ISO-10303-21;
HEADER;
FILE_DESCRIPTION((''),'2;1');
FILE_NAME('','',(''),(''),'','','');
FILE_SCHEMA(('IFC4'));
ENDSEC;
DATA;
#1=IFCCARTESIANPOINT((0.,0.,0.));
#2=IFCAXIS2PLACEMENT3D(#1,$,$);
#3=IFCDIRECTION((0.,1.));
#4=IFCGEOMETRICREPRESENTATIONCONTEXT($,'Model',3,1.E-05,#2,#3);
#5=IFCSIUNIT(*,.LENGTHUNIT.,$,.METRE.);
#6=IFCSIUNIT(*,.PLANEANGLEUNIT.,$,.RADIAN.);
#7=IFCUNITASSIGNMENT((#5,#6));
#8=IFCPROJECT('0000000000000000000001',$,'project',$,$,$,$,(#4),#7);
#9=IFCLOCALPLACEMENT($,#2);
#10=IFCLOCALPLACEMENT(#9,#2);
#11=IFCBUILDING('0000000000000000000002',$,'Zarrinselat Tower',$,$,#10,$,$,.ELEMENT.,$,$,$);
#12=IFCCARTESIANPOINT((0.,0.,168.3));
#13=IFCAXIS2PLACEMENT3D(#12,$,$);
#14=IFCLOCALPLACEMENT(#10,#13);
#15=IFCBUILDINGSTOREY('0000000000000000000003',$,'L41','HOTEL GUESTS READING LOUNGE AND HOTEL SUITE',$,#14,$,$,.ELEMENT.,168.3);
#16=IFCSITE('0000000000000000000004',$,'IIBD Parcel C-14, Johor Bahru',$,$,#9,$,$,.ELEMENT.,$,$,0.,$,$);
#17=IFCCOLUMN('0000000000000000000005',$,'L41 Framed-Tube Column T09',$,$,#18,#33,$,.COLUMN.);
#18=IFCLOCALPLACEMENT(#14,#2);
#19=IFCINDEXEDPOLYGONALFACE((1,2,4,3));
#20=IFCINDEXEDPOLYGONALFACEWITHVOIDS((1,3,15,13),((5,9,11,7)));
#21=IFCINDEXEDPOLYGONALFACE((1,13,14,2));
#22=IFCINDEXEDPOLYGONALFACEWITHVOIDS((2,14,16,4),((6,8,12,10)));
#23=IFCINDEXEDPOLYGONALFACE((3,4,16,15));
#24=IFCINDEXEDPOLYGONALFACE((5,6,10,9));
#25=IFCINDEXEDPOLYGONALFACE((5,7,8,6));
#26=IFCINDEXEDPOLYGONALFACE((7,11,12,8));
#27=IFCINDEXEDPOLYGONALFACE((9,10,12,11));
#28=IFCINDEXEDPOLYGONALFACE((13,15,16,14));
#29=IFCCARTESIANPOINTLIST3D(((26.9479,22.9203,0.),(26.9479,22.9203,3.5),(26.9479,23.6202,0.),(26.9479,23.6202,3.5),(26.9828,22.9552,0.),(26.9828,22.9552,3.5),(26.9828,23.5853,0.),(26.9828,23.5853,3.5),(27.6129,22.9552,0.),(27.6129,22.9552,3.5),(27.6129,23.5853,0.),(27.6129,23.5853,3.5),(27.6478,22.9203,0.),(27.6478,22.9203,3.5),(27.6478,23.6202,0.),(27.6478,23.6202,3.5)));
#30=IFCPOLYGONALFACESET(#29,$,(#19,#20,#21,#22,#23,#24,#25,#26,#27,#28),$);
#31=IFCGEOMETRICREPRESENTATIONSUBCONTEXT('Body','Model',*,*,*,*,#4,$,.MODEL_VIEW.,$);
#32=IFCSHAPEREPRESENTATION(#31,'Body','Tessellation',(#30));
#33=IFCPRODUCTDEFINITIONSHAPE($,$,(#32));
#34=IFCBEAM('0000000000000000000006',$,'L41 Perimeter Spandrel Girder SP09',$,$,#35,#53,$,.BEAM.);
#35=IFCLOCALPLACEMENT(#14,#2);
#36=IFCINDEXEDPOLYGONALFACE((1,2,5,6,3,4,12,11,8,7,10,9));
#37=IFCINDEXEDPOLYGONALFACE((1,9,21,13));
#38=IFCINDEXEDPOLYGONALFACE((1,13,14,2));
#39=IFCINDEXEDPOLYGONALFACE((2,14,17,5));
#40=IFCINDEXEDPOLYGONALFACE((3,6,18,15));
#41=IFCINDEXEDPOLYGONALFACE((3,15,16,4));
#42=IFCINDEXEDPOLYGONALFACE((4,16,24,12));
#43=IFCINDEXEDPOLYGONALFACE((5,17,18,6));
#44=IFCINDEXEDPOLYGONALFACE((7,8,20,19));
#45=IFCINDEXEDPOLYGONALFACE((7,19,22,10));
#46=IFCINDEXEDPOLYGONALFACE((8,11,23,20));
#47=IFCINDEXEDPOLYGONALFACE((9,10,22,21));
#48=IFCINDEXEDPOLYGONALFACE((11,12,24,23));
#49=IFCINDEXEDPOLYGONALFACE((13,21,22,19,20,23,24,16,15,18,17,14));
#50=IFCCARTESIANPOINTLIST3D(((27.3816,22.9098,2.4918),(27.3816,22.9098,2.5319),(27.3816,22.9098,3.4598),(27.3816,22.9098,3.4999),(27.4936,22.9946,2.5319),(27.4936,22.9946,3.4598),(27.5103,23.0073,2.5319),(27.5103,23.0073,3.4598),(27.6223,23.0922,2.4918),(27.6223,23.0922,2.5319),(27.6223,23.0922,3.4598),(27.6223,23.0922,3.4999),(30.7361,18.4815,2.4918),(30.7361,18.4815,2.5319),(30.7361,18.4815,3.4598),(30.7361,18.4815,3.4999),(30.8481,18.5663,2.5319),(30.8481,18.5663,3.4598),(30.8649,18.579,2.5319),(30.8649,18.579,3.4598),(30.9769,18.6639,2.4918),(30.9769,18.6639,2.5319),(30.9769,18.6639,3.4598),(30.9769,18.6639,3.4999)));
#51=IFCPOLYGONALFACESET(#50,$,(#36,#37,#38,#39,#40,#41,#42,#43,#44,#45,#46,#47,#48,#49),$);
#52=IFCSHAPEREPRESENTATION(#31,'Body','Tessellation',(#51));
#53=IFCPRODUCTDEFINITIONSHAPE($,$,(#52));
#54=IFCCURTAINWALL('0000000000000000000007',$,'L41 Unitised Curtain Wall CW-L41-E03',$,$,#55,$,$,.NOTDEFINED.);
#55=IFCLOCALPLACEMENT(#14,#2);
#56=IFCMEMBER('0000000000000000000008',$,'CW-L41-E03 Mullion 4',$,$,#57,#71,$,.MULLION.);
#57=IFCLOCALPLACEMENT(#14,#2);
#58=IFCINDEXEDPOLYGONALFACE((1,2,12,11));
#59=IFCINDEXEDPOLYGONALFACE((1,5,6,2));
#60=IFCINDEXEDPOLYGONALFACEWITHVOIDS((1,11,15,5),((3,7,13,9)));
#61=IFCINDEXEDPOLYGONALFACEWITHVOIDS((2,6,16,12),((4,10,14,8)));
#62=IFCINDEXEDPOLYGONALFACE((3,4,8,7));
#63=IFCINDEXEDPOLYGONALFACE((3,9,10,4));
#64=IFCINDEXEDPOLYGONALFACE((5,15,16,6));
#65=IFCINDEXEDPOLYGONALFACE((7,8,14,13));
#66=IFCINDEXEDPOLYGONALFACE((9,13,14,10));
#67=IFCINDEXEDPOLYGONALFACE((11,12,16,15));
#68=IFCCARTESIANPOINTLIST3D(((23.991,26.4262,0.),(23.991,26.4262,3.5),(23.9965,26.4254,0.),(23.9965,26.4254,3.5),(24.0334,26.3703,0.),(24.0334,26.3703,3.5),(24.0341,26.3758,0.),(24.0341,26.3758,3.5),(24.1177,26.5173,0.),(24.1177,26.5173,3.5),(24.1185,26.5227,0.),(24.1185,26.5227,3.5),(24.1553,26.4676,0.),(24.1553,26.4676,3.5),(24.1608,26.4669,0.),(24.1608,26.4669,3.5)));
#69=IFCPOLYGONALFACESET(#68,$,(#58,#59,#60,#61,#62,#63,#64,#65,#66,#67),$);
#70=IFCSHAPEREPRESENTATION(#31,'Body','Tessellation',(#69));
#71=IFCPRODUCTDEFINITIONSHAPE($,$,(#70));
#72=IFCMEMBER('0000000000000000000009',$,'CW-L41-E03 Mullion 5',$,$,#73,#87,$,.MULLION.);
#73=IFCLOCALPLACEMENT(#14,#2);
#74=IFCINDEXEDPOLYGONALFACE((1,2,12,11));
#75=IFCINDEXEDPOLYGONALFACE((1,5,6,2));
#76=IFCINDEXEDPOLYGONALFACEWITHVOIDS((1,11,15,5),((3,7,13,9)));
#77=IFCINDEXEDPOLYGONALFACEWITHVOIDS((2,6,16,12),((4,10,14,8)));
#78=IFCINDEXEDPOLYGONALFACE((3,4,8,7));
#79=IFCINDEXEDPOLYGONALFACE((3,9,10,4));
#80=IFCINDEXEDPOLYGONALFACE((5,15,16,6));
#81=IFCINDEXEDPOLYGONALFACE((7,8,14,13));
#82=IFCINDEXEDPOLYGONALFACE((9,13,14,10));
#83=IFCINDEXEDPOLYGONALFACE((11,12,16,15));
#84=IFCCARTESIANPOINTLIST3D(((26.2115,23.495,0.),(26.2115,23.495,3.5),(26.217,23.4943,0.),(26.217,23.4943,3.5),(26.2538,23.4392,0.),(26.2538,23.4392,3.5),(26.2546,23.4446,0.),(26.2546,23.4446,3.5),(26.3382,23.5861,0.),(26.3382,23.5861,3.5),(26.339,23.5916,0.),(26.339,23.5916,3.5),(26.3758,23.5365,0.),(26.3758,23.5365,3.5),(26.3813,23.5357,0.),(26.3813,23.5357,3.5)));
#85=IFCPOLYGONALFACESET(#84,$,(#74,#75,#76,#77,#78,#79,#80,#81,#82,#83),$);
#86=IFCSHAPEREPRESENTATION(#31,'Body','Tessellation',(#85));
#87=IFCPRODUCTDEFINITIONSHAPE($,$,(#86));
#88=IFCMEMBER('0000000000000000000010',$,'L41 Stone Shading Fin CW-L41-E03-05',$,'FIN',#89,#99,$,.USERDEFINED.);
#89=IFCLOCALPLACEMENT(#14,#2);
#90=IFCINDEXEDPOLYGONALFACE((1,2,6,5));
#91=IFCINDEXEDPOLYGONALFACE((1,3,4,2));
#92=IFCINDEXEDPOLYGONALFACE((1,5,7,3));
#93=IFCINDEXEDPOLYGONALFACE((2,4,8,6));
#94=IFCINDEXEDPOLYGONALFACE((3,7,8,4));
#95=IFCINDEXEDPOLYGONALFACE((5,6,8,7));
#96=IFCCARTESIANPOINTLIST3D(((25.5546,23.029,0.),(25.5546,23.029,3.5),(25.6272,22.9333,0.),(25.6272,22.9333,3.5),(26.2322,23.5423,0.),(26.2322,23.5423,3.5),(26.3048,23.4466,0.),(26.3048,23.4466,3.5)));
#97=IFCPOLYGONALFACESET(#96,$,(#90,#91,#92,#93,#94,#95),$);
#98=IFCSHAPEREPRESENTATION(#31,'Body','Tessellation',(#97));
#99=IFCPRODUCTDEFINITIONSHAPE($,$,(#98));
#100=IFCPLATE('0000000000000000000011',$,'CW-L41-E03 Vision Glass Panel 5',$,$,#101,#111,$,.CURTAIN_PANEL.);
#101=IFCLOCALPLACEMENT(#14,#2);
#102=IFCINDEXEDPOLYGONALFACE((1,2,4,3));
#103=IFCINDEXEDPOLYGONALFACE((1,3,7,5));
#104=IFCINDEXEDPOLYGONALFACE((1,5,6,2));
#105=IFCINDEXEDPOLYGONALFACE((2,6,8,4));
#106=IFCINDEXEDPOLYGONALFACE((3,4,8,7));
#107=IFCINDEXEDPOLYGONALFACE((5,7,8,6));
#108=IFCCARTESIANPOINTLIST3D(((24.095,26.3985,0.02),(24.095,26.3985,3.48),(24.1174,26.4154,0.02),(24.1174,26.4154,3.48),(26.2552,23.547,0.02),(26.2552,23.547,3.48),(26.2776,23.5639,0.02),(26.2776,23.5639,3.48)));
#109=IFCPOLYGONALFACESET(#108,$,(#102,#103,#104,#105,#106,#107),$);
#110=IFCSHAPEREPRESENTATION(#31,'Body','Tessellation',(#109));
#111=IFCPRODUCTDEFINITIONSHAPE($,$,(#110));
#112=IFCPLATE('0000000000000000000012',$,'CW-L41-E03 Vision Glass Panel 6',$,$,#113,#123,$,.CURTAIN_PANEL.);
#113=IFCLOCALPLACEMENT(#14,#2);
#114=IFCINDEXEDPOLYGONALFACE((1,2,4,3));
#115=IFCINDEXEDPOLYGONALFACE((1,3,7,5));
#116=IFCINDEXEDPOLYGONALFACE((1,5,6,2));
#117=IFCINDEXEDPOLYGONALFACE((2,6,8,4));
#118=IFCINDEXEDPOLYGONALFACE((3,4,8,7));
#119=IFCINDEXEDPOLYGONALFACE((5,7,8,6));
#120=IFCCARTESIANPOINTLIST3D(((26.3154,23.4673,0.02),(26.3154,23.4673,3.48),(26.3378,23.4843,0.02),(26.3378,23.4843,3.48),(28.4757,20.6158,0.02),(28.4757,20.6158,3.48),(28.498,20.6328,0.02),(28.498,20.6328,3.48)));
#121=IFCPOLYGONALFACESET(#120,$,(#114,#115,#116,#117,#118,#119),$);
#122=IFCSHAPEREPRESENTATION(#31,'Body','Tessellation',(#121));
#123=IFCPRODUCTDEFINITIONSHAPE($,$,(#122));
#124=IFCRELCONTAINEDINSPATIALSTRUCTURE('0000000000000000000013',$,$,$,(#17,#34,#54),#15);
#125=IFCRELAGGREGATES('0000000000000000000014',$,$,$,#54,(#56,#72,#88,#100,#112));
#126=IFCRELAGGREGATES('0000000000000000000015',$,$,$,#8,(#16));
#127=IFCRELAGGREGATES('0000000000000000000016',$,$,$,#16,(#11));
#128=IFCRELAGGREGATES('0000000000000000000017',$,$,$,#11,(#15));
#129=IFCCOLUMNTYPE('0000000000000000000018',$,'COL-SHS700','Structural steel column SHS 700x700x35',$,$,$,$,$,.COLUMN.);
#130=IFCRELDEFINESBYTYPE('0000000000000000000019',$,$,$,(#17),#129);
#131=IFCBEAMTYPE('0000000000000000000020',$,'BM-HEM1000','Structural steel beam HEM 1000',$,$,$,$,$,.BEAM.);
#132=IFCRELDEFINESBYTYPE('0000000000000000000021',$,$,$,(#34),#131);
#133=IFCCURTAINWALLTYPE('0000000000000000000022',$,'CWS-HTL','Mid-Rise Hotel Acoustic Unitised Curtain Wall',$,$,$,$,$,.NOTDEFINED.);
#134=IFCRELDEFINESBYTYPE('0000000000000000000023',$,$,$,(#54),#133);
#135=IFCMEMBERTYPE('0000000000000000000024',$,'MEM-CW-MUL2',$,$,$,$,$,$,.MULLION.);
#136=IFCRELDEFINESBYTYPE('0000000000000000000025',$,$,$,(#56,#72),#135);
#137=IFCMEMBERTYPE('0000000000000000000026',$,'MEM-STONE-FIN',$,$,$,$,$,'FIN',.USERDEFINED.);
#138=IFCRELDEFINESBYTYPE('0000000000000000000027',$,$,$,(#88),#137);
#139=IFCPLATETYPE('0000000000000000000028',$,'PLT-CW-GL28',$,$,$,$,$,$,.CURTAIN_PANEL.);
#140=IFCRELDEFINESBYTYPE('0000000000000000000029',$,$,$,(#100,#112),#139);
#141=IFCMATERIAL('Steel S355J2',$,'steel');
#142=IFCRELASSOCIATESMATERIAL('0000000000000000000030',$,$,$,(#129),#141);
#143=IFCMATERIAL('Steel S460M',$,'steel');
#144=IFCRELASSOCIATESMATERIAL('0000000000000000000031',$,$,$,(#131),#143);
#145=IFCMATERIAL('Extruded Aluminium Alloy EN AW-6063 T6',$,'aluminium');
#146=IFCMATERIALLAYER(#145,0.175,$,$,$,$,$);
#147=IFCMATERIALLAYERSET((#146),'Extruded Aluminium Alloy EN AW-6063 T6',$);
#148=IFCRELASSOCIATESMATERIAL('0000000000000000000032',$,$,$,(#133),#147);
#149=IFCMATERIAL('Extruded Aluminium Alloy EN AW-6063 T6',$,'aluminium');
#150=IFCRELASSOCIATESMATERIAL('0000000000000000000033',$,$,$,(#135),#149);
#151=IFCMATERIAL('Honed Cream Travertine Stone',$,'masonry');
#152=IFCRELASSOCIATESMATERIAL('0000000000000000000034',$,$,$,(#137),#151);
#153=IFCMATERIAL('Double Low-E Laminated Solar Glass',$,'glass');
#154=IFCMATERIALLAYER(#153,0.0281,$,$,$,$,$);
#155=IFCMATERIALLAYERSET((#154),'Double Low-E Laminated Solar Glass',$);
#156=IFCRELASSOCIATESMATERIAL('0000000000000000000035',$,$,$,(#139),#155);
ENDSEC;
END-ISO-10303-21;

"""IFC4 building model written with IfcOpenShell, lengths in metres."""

from ifc_helpers import new_model, si_unit, direction, frame, origin, origin_2d, place, context, subcontext, project, spatial, rectangle, hollow_rectangle, i_section, extrude, material, layer, layer_set, material_profile, profile_set, type_object, element, aggregate, save


model = new_model("IFC4")

# Units and contexts
model_context = context("Model", 3, precision=1e-05, world=origin(), true_north=direction((0.0, 1.0)))
body_context = subcontext(model_context, "Body", "Model", "MODEL_VIEW")
ifc_project = project(units=[si_unit("LENGTHUNIT", "METRE"), si_unit("PLANEANGLEUNIT", "RADIAN")], contexts=[model_context])

# Site, building, storey
site_placement = place(None, origin())
site = spatial("IfcSite", under=ifc_project, at=site_placement, Name="IIBD Parcel C-14, Johor Bahru", CompositionType="ELEMENT", RefElevation=0.0)
building_placement = place(site_placement, origin())
building = spatial("IfcBuilding", under=site, at=building_placement, Name="Zarrinselat Tower", CompositionType="ELEMENT")
storey_placement = place(building_placement, frame((0.0, 0.0, 168.3)))
storey = spatial("IfcBuildingStorey", under=building, at=storey_placement, Name="L41", Description="HOTEL GUESTS READING LOUNGE AND HOTEL SUITE", CompositionType="ELEMENT", Elevation=168.3)

# Column
ifc_material_1 = material(Name="Steel S355J2", Category="steel")
ifc_material_profile_1 = material_profile(ifc_material_1, hollow_rectangle(XDim=0.7, YDim=0.7, WallThickness=0.0349, at=origin_2d()), Name="SHS 700x700x35")
ifc_profile_set_1 = profile_set([ifc_material_profile_1], Name="Steel S355J2")
column_type = type_object("IfcColumnType", Name="COL-SHS700", Description="Structural steel column SHS 700x700x35", PredefinedType="COLUMN", material=ifc_profile_set_1)
column_placement = place(storey_placement, frame((27.2979, 23.2703, 0.0), z_axis=(0.0, 0.0, 1.0), x_axis=(1.0, 0.0, 0.0)))
element("IfcColumn", 1, at=column_placement, inside=storey, type_object=column_type, Name="L41 Framed-Tube Column T09", PredefinedType="COLUMN", context=body_context, shape_type="SweptSolid", body=[
    extrude(hollow_rectangle(XDim=0.7, YDim=0.7, WallThickness=0.0349, at=origin_2d()), origin(), (0.0, 0.0, 1.0), 3.5),
])

# Beam
ifc_material_2 = material(Name="Steel S460M", Category="steel")
ifc_material_profile_2 = material_profile(ifc_material_2, i_section(OverallWidth=0.302, OverallDepth=1.0081, WebThickness=0.021, FlangeThickness=0.04, at=origin_2d()), Name="HEM 1000")
ifc_profile_set_2 = profile_set([ifc_material_profile_2], Name="Steel S460M")
beam_type = type_object("IfcBeamType", Name="BM-HEM1000", Description="Structural steel beam HEM 1000", PredefinedType="BEAM", material=ifc_profile_set_2)
beam_placement = place(storey_placement, frame((27.502, 23.001, 2.9958), z_axis=(0.603832, -0.797111, 0.0), x_axis=(0.797111, 0.603832, 0.0)))
element("IfcBeam", 2, at=beam_placement, inside=storey, type_object=beam_type, Name="L41 Perimeter Spandrel Girder SP09", PredefinedType="BEAM", context=body_context, shape_type="SweptSolid", body=[
    extrude(i_section(OverallWidth=0.302, OverallDepth=1.0081, WebThickness=0.021, FlangeThickness=0.04, at=origin_2d()), origin(), (0.0, 0.0, 1.0), 5.5554),
])

# Curtain wall, members, plates
ifc_material_3 = material(Name="Extruded Aluminium Alloy EN AW-6063 T6", Category="aluminium")
ifc_layer_1 = layer(ifc_material_3, 0.175)
ifc_layer_set_1 = layer_set([ifc_layer_1], Name="Extruded Aluminium Alloy EN AW-6063 T6")
curtain_wall_type = type_object("IfcCurtainWallType", Name="CWS-HTL", Description="Mid-Rise Hotel Acoustic Unitised Curtain Wall", PredefinedType="NOTDEFINED", material=ifc_layer_set_1)
curtain_wall_placement = place(storey_placement, origin())
curtain_wall = element("IfcCurtainWall", 3, at=curtain_wall_placement, inside=storey, type_object=curtain_wall_type, Name="L41 Unitised Curtain Wall CW-L41-E03", PredefinedType="NOTDEFINED")
ifc_material_4 = material(Name="Extruded Aluminium Alloy EN AW-6063 T6", Category="aluminium")
ifc_material_profile_3 = material_profile(ifc_material_4, hollow_rectangle(XDim=0.0701, YDim=0.1599, WallThickness=0.0039, at=origin_2d()), Name="RHS 160x70x4")
ifc_profile_set_3 = profile_set([ifc_material_profile_3], Name="Extruded Aluminium Alloy EN AW-6063 T6")
member_type_1 = type_object("IfcMemberType", Name="MEM-CW-MUL2", PredefinedType="MULLION", material=ifc_profile_set_3)
member_1_placement = place(storey_placement, frame((24.0759, 26.4465, 0.0), z_axis=(0.0, 0.0, 1.0), x_axis=(0.603858, -0.797092, 0.0)))
member_1 = element("IfcMember", 4, at=member_1_placement, type_object=member_type_1, Name="CW-L41-E03 Mullion 4", PredefinedType="MULLION", context=body_context, shape_type="SweptSolid", body=[
    extrude(hollow_rectangle(XDim=0.0701, YDim=0.1599, WallThickness=0.0039, at=origin_2d()), origin(), (0.0, 0.0, 1.0), 3.5),
])
member_2_placement = place(storey_placement, frame((26.2964, 23.5154, 0.0), z_axis=(0.0, 0.0, 1.0), x_axis=(0.603858, -0.797092, 0.0)))
member_2 = element("IfcMember", 5, at=member_2_placement, type_object=member_type_1, Name="CW-L41-E03 Mullion 5", PredefinedType="MULLION", context=body_context, shape_type="SweptSolid", body=[
    extrude(hollow_rectangle(XDim=0.0701, YDim=0.1599, WallThickness=0.0039, at=origin_2d()), origin(), (0.0, 0.0, 1.0), 3.5),
])
ifc_material_5 = material(Name="Honed Cream Travertine Stone", Category="masonry")
ifc_material_profile_4 = material_profile(ifc_material_5, rectangle(XDim=0.1201, YDim=0.8501, at=origin_2d()), Name="FIN 850x120")
ifc_profile_set_4 = profile_set([ifc_material_profile_4], Name="Honed Cream Travertine Stone")
member_type_2 = type_object("IfcMemberType", Name="MEM-STONE-FIN", ElementType="FIN", PredefinedType="USERDEFINED", material=ifc_profile_set_4)
member_3_placement = place(storey_placement, frame((25.9297, 23.2378, 0.0), z_axis=(0.0, 0.0, 1.0), x_axis=(-0.603858, 0.797092, 0.0)))
member_3 = element("IfcMember", 6, at=member_3_placement, type_object=member_type_2, Name="L41 Stone Shading Fin CW-L41-E03-05", ObjectType="FIN", PredefinedType="USERDEFINED", context=body_context, shape_type="SweptSolid", body=[
    extrude(rectangle(XDim=0.1201, YDim=0.8501, at=origin_2d()), origin(), (0.0, 0.0, 1.0), 3.5),
])
ifc_material_6 = material(Name="Double Low-E Laminated Solar Glass", Category="glass")
ifc_layer_2 = layer(ifc_material_6, 0.0281)
ifc_layer_set_2 = layer_set([ifc_layer_2], Name="Double Low-E Laminated Solar Glass")
plate_type = type_object("IfcPlateType", Name="PLT-CW-GL28", PredefinedType="CURTAIN_PANEL", material=ifc_layer_set_2)
plate_1_placement = place(storey_placement, frame((25.1863, 24.9812, 0.02), z_axis=(0.0, 0.0, 1.0), x_axis=(0.603858, -0.797092, 0.0)))
plate_1 = element("IfcPlate", 7, at=plate_1_placement, type_object=plate_type, Name="CW-L41-E03 Vision Glass Panel 5", PredefinedType="CURTAIN_PANEL", context=body_context, shape_type="SweptSolid", body=[
    extrude(rectangle(XDim=3.5774, YDim=0.0281, at=origin_2d()), origin(), (0.0, 0.0, 1.0), 3.46),
])
plate_2_placement = place(storey_placement, frame((27.4067, 22.05, 0.02), z_axis=(0.0, 0.0, 1.0), x_axis=(0.603858, -0.797092, 0.0)))
plate_2 = element("IfcPlate", 8, at=plate_2_placement, type_object=plate_type, Name="CW-L41-E03 Vision Glass Panel 6", PredefinedType="CURTAIN_PANEL", context=body_context, shape_type="SweptSolid", body=[
    extrude(rectangle(XDim=3.5774, YDim=0.0281, at=origin_2d()), origin(), (0.0, 0.0, 1.0), 3.46),
])
aggregate(curtain_wall, [member_1, member_2, member_3, plate_1, plate_2])

save(model, "model.ifc")
